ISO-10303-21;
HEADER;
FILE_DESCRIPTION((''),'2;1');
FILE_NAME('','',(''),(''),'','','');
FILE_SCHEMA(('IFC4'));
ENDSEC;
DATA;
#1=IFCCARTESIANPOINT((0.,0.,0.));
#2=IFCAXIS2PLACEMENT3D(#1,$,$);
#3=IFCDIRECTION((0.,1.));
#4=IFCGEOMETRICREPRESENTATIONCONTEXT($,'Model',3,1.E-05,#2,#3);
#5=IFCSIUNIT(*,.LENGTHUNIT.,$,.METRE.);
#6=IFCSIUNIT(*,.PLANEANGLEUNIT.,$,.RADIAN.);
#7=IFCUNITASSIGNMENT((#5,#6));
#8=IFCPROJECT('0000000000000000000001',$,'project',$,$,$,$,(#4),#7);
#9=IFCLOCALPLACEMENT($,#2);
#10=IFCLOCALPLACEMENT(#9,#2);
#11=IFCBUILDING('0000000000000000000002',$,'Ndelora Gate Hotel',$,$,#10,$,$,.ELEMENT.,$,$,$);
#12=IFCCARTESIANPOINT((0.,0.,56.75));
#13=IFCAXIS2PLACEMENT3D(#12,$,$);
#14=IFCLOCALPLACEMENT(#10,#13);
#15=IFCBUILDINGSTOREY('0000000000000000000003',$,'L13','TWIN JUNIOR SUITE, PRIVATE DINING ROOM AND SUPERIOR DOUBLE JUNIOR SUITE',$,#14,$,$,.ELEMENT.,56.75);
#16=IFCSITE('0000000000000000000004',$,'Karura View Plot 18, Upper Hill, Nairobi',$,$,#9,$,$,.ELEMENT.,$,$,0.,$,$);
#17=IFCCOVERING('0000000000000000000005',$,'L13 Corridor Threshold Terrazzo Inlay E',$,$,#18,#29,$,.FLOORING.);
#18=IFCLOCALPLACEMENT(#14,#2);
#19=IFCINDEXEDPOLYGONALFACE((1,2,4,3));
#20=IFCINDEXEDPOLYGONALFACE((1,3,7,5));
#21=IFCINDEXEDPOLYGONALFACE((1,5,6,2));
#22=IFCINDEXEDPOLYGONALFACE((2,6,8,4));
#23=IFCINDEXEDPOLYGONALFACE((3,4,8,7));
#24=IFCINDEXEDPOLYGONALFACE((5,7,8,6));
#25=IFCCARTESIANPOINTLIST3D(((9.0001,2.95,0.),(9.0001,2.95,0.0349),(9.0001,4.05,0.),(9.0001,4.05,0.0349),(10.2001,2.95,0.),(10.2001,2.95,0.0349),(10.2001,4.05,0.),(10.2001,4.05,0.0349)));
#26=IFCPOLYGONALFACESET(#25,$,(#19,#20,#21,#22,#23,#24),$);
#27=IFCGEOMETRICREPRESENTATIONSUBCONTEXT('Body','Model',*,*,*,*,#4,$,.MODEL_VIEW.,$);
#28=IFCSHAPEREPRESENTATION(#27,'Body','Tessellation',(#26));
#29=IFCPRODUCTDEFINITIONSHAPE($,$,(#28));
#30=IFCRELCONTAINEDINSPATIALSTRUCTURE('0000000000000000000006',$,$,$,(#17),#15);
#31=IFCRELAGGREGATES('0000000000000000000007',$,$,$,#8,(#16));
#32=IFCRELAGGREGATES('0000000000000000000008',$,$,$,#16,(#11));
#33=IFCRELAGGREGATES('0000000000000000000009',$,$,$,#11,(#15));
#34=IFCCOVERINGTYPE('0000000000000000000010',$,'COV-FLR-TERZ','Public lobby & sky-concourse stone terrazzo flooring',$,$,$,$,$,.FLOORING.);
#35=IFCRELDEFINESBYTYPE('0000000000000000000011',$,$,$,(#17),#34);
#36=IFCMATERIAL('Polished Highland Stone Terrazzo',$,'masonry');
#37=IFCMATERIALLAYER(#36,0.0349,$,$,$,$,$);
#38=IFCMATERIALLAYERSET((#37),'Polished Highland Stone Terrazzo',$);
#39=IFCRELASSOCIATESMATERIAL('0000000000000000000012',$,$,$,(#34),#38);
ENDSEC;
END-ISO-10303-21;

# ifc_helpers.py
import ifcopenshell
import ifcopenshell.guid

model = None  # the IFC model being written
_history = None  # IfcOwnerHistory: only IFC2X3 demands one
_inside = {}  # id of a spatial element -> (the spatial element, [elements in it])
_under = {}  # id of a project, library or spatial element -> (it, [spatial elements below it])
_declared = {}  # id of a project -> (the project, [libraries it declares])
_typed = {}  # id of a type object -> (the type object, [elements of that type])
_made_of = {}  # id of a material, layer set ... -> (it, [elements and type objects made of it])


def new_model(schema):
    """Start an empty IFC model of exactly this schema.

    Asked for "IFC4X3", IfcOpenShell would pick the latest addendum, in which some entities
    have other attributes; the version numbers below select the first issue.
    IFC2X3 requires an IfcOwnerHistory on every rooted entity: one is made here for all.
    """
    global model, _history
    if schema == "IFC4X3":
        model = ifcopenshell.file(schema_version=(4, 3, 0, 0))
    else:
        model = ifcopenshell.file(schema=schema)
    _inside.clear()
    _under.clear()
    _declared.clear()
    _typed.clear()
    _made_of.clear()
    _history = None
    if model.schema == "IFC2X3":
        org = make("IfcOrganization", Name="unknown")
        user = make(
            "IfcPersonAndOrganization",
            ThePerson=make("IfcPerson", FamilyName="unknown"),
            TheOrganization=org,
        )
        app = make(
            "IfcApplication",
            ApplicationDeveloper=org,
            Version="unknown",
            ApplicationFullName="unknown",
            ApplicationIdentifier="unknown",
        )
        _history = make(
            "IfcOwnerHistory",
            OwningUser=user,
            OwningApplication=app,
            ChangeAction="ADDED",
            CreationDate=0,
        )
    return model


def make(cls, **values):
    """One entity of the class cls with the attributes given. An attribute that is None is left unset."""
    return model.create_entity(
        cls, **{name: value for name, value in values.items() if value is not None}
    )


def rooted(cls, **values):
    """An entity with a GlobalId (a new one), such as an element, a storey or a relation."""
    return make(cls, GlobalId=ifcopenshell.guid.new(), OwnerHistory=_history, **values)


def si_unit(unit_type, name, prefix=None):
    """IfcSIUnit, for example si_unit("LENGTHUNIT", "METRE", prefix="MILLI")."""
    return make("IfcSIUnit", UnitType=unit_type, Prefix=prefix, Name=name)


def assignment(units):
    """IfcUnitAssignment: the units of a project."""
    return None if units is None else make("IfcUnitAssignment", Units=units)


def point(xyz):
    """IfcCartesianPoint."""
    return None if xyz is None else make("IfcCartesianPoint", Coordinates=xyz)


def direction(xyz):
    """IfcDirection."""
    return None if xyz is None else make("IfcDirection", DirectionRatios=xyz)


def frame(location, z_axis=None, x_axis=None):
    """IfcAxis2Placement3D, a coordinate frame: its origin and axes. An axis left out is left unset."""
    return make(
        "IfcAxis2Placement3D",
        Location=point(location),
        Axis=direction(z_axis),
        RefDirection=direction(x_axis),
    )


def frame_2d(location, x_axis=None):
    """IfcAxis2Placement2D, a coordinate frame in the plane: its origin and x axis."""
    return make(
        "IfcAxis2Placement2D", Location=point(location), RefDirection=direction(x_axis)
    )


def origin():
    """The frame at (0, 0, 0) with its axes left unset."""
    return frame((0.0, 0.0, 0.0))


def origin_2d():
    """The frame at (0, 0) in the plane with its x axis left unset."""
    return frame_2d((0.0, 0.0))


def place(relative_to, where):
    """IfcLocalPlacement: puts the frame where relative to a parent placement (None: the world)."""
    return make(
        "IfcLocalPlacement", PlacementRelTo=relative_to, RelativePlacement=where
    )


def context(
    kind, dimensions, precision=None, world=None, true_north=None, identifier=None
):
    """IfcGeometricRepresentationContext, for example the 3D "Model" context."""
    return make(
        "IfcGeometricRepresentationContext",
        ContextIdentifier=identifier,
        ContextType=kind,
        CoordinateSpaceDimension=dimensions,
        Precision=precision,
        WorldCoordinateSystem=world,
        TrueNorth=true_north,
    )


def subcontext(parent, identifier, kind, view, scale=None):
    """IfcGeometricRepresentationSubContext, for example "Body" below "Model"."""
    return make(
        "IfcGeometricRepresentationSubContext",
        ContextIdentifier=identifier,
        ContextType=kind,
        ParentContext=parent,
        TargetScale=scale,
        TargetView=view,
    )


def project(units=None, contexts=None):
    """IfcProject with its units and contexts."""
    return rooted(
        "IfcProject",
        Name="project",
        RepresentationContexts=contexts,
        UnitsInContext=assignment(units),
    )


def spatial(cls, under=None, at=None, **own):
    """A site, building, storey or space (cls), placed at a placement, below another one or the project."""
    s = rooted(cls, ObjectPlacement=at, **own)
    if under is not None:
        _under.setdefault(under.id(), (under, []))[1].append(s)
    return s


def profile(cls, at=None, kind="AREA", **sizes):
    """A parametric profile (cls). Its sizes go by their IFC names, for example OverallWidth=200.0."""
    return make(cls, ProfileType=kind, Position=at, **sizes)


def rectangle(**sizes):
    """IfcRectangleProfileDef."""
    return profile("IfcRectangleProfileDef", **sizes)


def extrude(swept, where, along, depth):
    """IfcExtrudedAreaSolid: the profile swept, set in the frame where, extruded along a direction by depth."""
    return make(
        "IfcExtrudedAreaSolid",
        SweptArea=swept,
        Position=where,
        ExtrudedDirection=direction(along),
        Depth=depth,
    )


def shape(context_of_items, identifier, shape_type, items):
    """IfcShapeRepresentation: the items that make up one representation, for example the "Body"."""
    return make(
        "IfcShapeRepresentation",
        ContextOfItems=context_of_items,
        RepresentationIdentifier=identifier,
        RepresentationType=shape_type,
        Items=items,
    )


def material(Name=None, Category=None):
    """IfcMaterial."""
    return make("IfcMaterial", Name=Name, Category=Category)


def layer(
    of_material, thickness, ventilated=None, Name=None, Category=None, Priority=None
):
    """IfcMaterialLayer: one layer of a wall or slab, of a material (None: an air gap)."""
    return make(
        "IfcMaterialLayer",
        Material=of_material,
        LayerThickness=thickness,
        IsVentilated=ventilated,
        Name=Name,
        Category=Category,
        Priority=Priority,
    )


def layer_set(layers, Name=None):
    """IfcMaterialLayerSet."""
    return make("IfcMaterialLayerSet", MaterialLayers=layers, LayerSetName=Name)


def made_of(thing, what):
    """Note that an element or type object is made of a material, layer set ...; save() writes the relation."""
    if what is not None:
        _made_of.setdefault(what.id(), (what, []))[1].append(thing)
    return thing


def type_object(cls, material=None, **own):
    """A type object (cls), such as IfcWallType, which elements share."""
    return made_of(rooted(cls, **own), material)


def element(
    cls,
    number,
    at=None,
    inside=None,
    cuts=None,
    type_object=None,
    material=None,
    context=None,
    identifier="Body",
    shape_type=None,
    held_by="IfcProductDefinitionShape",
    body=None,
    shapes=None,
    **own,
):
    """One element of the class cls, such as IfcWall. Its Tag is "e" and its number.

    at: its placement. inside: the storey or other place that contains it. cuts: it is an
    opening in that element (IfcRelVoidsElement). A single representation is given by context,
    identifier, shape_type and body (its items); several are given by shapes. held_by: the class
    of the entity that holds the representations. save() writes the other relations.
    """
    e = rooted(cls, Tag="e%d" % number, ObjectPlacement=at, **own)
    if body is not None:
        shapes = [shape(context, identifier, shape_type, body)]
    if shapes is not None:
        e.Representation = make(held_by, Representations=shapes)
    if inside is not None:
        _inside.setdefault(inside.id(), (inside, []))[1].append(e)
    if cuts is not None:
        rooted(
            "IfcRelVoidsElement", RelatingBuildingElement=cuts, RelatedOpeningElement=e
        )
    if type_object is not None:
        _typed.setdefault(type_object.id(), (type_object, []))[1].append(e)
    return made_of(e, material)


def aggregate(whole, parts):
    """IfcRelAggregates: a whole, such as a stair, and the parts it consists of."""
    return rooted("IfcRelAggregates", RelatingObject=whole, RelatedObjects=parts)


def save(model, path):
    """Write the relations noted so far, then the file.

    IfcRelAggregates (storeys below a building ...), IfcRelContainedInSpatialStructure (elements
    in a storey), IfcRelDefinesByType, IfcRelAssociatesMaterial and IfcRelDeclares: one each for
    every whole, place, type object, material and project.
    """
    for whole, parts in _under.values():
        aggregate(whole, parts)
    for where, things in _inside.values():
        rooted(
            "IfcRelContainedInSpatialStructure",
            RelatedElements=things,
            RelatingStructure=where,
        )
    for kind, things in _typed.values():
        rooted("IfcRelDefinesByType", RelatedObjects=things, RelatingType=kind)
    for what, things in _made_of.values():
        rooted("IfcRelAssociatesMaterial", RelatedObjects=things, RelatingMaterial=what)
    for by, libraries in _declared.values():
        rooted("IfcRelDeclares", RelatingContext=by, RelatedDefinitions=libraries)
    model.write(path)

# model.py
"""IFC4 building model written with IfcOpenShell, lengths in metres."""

from ifc_helpers import new_model, si_unit, direction, frame, origin, origin_2d, place, context, subcontext, project, spatial, rectangle, extrude, material, layer, layer_set, type_object, element, save


model = new_model("IFC4")

# Units and contexts
model_context = context("Model", 3, precision=1e-05, world=origin(), true_north=direction((0.0, 1.0)))
body_context = subcontext(model_context, "Body", "Model", "MODEL_VIEW")
ifc_project = project(units=[si_unit("LENGTHUNIT", "METRE"), si_unit("PLANEANGLEUNIT", "RADIAN")], contexts=[model_context])

# Site, building, storey
site_placement = place(None, origin())
site = spatial("IfcSite", under=ifc_project, at=site_placement, Name="Karura View Plot 18, Upper Hill, Nairobi", CompositionType="ELEMENT", RefElevation=0.0)
building_placement = place(site_placement, origin())
building = spatial("IfcBuilding", under=site, at=building_placement, Name="Ndelora Gate Hotel", CompositionType="ELEMENT")
storey_placement = place(building_placement, frame((0.0, 0.0, 56.75)))
storey = spatial("IfcBuildingStorey", under=building, at=storey_placement, Name="L13", Description="TWIN JUNIOR SUITE, PRIVATE DINING ROOM AND SUPERIOR DOUBLE JUNIOR SUITE", CompositionType="ELEMENT", Elevation=56.75)

# Covering
ifc_material_1 = material(Name="Polished Highland Stone Terrazzo", Category="masonry")
ifc_layer_1 = layer(ifc_material_1, 0.0349)
ifc_layer_set_1 = layer_set([ifc_layer_1], Name="Polished Highland Stone Terrazzo")
covering_type_1 = type_object("IfcCoveringType", Name="COV-FLR-TERZ", Description="Public lobby & sky-concourse stone terrazzo flooring", PredefinedType="FLOORING", material=ifc_layer_set_1)
covering_1_placement = place(storey_placement, frame((9.6001, 3.5, 0.0), z_axis=(0.0, 0.0, 1.0), x_axis=(1.0, 0.0, 0.0)))
element("IfcCovering", 1, at=covering_1_placement, inside=storey, type_object=covering_type_1, Name="L13 Corridor Threshold Terrazzo Inlay E", PredefinedType="FLOORING", context=body_context, shape_type="SweptSolid", body=[
    extrude(rectangle(XDim=1.2, YDim=1.1001, at=origin_2d()), origin(), (0.0, 0.0, 1.0), 0.0349),
])

save(model, "model.ifc")
